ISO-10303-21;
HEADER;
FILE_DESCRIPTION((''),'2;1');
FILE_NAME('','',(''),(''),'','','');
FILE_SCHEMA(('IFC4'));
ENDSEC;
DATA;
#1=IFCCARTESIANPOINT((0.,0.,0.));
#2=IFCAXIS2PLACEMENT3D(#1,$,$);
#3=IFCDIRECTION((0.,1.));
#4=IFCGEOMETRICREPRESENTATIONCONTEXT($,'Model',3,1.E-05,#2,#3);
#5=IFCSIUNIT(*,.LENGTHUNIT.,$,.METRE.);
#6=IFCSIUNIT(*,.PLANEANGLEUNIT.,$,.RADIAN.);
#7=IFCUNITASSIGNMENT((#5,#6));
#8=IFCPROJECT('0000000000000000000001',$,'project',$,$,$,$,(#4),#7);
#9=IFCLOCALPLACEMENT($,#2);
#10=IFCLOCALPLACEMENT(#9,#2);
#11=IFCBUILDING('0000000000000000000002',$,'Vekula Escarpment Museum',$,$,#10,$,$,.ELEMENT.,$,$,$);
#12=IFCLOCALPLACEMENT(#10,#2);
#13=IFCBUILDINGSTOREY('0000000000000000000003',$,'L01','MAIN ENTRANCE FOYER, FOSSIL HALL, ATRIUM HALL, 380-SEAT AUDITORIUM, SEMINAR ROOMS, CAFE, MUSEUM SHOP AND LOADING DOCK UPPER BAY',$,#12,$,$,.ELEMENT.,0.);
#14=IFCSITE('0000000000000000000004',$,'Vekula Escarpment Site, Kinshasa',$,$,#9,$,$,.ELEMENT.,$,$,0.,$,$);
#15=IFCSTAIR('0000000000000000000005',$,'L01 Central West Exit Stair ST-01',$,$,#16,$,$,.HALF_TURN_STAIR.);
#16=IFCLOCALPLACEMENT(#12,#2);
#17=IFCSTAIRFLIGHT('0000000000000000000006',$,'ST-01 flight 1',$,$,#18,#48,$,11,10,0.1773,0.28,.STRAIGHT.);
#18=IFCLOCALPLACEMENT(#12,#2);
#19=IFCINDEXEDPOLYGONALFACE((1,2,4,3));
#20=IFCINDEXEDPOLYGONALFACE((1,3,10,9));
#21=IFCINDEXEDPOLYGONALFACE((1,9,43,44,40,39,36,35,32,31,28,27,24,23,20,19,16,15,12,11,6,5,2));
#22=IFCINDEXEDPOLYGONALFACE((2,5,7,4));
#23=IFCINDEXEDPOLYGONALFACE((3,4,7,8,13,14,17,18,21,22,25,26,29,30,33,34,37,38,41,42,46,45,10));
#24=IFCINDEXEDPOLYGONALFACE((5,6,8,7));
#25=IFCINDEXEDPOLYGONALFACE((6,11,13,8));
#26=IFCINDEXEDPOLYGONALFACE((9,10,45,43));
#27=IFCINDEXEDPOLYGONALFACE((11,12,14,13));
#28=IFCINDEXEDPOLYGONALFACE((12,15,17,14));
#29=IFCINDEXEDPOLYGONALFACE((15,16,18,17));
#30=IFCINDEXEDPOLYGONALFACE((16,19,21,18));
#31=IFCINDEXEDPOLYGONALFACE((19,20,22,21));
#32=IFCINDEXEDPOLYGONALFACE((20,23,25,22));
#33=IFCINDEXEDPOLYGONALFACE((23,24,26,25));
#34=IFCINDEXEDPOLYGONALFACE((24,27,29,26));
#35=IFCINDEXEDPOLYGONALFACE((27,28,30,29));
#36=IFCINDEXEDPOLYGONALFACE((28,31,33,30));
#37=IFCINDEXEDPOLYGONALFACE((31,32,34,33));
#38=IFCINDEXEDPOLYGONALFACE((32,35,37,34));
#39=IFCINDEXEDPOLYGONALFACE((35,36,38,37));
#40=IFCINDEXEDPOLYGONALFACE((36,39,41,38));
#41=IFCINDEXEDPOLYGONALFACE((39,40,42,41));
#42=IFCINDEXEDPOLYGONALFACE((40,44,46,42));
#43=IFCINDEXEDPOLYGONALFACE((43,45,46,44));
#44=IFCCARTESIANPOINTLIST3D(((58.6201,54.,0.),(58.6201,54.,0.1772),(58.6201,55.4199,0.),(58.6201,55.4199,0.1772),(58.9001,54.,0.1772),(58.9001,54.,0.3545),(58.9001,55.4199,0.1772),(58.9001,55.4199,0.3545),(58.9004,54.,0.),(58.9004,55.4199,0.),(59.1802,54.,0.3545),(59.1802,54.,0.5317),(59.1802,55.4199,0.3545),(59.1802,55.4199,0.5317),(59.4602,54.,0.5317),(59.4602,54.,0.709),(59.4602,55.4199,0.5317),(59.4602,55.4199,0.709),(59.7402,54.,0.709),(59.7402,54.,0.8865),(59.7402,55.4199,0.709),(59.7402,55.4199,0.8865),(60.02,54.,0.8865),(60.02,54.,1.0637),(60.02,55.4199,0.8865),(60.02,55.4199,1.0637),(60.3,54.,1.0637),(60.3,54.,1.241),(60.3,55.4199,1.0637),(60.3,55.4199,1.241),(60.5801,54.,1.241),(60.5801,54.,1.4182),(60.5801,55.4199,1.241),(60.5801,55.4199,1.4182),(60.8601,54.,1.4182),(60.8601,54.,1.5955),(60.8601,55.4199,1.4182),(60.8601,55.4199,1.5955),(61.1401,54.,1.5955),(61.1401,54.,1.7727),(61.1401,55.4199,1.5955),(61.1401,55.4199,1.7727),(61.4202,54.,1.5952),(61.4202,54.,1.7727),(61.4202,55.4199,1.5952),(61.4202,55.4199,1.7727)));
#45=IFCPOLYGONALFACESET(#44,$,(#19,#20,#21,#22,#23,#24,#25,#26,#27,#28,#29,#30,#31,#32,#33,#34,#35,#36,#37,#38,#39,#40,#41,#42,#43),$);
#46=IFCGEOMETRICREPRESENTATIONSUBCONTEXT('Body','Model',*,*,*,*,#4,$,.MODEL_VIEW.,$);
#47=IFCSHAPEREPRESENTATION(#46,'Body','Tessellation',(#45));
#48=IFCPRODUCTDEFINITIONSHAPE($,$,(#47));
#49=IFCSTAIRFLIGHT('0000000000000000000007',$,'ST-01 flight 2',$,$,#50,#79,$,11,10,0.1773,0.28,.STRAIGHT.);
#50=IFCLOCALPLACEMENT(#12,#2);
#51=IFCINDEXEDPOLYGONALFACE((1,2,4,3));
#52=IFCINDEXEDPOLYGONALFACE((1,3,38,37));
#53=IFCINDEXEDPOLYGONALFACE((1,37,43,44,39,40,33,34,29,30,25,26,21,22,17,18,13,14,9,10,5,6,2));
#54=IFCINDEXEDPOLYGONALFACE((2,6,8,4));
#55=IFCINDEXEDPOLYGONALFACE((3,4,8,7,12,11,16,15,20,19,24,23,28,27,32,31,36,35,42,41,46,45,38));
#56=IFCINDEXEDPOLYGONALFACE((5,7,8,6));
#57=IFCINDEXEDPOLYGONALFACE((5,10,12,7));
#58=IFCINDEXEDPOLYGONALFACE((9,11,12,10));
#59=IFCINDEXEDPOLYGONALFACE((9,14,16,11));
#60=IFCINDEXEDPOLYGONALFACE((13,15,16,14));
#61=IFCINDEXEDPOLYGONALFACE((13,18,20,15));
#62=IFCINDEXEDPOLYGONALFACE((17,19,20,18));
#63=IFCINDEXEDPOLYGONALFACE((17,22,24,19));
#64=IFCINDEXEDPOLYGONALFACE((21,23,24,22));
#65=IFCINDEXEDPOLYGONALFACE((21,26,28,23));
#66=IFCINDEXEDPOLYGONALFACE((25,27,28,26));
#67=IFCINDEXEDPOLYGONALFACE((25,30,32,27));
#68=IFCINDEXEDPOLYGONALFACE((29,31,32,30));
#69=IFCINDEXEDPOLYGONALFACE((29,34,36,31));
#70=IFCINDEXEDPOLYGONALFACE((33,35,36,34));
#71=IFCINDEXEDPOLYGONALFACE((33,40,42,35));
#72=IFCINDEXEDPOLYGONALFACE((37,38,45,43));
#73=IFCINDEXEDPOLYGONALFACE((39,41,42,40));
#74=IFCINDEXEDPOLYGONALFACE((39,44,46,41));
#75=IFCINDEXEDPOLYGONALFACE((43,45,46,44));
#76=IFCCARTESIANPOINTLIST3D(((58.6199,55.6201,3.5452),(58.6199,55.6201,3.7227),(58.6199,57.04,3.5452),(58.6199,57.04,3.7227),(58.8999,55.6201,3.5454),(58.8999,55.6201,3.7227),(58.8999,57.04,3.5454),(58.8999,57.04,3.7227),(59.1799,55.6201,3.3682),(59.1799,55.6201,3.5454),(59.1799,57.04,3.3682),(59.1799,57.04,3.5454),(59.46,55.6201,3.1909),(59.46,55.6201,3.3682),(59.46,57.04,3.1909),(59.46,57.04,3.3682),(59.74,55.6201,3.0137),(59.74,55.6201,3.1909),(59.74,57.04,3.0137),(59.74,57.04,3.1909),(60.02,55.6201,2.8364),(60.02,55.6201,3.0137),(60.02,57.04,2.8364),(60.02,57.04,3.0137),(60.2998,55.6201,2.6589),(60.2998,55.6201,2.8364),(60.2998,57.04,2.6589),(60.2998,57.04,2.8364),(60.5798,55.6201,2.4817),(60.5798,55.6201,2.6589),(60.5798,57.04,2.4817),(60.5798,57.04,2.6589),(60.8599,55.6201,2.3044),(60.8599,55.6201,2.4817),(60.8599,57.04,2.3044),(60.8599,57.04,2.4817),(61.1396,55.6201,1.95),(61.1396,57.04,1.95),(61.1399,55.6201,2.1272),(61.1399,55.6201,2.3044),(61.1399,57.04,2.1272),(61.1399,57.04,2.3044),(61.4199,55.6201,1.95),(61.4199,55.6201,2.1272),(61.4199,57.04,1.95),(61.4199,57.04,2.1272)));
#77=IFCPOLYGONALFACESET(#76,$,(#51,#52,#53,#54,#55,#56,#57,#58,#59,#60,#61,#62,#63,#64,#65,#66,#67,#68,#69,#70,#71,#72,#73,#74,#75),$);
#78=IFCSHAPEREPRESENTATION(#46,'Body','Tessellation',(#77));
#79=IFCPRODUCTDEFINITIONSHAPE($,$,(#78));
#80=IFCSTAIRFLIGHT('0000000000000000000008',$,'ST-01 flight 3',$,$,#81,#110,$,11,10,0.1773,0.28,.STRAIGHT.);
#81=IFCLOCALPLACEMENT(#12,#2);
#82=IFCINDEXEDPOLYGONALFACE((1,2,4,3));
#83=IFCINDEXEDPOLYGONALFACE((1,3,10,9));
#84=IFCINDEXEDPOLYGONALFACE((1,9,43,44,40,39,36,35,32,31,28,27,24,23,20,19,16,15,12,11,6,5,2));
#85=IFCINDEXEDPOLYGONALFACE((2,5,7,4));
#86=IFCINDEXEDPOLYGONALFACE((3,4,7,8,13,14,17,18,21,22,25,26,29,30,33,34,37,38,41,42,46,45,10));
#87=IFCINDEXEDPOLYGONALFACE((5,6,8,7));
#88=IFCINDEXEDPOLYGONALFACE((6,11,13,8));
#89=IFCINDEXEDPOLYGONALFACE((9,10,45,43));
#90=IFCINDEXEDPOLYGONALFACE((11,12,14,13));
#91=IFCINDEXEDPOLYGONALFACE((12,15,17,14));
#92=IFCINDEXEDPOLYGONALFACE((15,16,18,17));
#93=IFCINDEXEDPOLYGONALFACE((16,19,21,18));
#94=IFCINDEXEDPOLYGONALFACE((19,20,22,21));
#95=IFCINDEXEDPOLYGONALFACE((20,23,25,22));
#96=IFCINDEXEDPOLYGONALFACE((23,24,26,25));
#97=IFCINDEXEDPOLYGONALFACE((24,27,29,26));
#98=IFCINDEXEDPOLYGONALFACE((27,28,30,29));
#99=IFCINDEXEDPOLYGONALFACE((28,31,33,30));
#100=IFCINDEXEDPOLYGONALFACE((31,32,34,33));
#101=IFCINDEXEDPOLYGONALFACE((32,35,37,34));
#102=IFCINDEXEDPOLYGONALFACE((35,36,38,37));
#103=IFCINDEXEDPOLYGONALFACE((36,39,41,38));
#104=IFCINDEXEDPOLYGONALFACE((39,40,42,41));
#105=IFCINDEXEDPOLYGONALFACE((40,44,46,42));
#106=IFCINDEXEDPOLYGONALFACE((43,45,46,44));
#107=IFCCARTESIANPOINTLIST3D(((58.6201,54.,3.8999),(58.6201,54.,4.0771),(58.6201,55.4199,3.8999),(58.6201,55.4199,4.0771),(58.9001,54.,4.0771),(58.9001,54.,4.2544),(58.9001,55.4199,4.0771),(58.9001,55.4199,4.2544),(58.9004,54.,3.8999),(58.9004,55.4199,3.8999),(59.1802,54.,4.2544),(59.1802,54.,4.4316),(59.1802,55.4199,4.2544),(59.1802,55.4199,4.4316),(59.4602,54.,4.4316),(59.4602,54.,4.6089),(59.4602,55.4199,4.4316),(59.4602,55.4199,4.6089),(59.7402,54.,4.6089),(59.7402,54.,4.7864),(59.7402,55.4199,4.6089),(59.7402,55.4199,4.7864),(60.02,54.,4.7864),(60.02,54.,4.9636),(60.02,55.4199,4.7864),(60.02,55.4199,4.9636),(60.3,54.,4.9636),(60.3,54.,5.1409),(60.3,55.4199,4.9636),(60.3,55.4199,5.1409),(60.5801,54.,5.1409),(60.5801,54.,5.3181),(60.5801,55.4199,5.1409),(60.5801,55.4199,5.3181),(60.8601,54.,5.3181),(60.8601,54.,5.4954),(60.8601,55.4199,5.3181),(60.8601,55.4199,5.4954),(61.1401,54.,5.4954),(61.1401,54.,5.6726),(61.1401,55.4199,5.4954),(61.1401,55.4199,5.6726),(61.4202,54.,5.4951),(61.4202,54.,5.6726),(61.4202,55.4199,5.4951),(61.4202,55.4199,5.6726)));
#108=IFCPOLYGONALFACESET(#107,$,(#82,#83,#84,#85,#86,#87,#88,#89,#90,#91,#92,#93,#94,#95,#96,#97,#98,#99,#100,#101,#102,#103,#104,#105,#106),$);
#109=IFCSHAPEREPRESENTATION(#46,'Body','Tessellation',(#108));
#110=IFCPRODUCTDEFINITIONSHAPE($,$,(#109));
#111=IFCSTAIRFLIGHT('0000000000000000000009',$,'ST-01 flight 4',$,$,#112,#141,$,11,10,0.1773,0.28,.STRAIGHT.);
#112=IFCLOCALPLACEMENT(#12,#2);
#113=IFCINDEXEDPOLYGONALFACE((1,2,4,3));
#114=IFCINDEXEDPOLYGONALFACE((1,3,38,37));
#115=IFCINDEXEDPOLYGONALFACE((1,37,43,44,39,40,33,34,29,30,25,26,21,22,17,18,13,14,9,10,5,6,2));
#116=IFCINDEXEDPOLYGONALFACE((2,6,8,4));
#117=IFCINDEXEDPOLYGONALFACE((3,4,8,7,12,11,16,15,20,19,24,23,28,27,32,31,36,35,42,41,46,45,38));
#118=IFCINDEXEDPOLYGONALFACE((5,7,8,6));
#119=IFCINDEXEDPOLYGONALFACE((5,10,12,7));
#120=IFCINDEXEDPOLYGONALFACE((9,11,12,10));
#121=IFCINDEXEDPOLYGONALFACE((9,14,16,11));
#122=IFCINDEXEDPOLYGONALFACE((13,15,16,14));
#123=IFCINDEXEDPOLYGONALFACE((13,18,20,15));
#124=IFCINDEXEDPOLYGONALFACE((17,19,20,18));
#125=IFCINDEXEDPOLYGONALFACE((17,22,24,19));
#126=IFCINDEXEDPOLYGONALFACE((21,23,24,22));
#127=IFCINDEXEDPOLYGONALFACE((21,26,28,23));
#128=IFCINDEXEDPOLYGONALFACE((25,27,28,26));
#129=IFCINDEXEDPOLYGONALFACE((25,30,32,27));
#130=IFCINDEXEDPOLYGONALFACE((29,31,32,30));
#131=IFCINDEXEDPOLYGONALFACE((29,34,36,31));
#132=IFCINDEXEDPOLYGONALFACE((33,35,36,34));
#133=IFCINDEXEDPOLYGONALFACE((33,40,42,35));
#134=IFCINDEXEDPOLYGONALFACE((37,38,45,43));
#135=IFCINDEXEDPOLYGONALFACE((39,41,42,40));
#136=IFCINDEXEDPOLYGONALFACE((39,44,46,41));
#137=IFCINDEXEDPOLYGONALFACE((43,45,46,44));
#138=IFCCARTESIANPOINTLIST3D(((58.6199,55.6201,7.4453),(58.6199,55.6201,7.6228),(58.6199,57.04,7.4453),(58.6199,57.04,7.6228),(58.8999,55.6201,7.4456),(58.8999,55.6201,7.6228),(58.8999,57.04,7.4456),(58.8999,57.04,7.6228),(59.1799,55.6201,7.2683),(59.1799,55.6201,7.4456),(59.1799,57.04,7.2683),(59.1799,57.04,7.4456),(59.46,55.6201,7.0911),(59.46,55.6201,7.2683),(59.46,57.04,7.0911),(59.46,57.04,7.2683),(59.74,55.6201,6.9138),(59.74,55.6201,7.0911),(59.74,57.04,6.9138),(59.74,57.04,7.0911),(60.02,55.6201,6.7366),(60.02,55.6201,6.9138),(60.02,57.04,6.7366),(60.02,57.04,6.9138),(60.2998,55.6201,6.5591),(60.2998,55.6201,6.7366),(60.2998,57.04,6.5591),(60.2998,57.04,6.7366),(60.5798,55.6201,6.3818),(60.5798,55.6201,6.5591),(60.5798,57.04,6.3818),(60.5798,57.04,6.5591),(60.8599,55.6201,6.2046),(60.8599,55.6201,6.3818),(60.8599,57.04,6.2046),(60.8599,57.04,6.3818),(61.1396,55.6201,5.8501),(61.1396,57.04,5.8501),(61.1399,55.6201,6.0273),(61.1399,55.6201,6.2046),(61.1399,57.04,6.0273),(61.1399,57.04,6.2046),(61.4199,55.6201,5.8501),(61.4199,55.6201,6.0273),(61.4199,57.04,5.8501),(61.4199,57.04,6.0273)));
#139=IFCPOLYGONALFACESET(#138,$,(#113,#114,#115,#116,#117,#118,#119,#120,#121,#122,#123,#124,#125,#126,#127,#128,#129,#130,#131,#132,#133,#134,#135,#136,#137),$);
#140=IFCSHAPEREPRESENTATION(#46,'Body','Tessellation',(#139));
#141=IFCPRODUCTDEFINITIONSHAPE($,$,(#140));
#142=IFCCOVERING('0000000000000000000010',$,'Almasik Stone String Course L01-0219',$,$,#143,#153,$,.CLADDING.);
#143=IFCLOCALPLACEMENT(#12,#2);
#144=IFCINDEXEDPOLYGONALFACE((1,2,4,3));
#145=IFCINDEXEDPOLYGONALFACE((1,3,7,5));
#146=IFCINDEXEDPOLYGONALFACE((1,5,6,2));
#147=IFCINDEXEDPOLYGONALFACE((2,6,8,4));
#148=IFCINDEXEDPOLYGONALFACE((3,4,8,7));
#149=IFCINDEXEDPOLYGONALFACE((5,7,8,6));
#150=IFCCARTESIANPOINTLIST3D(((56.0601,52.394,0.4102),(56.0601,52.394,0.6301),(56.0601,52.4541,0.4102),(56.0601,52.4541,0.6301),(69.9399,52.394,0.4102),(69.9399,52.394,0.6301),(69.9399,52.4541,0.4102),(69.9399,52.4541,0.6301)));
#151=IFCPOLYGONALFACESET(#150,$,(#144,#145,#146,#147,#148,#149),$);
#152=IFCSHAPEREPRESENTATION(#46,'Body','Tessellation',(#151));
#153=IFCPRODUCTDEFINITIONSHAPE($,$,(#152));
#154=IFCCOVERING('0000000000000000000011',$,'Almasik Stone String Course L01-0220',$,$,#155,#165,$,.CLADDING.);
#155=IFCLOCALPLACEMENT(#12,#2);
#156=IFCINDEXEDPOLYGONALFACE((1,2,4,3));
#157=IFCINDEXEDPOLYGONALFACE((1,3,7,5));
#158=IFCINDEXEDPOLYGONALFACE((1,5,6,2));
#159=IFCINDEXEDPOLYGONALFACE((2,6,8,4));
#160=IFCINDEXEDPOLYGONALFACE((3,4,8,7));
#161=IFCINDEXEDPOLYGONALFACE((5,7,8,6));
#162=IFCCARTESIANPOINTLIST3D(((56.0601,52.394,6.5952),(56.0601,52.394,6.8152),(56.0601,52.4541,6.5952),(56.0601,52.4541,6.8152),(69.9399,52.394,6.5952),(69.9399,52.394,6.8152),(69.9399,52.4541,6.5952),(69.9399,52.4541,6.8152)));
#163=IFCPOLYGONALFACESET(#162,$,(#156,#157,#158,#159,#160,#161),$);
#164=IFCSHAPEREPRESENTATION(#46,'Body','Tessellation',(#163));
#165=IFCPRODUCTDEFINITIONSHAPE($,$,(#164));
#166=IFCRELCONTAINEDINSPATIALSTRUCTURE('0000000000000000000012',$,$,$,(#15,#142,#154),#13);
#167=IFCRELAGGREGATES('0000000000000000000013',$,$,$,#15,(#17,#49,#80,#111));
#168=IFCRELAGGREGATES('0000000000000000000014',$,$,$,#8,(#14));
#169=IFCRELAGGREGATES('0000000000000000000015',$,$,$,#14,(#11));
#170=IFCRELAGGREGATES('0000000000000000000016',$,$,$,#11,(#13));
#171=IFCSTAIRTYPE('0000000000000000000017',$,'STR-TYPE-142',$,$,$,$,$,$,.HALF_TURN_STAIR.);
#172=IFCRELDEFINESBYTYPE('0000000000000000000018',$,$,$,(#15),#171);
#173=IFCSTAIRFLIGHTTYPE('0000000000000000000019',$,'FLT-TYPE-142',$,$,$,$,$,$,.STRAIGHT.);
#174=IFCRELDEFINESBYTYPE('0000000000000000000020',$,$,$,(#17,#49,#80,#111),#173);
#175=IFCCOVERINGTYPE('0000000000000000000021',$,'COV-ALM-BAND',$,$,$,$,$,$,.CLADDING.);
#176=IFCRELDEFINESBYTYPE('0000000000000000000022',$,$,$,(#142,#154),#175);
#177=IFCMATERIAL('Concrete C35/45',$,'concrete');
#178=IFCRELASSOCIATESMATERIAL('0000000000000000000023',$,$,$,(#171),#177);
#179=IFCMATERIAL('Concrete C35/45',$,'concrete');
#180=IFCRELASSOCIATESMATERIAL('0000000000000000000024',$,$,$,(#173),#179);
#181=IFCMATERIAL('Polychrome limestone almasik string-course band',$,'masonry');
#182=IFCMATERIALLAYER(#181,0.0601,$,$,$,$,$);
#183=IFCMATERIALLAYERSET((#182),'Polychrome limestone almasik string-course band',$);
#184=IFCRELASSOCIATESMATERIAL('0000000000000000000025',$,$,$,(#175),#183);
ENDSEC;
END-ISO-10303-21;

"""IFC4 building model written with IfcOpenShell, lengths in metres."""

from ifc_helpers import new_model, si_unit, direction, frame, origin, origin_2d, place, context, subcontext, project, spatial, polyline, rectangle, outline, extrude, material, layer, layer_set, type_object, element, aggregate, save


model = new_model("IFC4")

# Units and contexts
model_context = context("Model", 3, precision=1e-05, world=origin(), true_north=direction((0.0, 1.0)))
body_context = subcontext(model_context, "Body", "Model", "MODEL_VIEW")
ifc_project = project(units=[si_unit("LENGTHUNIT", "METRE"), si_unit("PLANEANGLEUNIT", "RADIAN")], contexts=[model_context])

# Site, building, storey
site_placement = place(None, origin())
site = spatial("IfcSite", under=ifc_project, at=site_placement, Name="Vekula Escarpment Site, Kinshasa", CompositionType="ELEMENT", RefElevation=0.0)
building_placement = place(site_placement, origin())
building = spatial("IfcBuilding", under=site, at=building_placement, Name="Vekula Escarpment Museum", CompositionType="ELEMENT")
storey_placement = place(building_placement, origin())
storey = spatial("IfcBuildingStorey", under=building, at=storey_placement, Name="L01", Description="MAIN ENTRANCE FOYER, FOSSIL HALL, ATRIUM HALL, 380-SEAT AUDITORIUM, SEMINAR ROOMS, CAFE, MUSEUM SHOP AND LOADING DOCK UPPER BAY", CompositionType="ELEMENT", Elevation=0.0)

# Stair, stair flights
ifc_material_1 = material(Name="Concrete C35/45", Category="concrete")
stair_type = type_object("IfcStairType", Name="STR-TYPE-142", PredefinedType="HALF_TURN_STAIR", material=ifc_material_1)
stair_placement = place(storey_placement, origin())
stair = element("IfcStair", 1, at=stair_placement, inside=storey, type_object=stair_type, Name="L01 Central West Exit Stair ST-01", PredefinedType="HALF_TURN_STAIR")
ifc_material_2 = material(Name="Concrete C35/45", Category="concrete")
stair_flight_type = type_object("IfcStairFlightType", Name="FLT-TYPE-142", PredefinedType="STRAIGHT", material=ifc_material_2)
stair_flight_1_placement = place(storey_placement, frame((58.6201, 54.71, 0.0), z_axis=(0.0, 0.0, 1.0), x_axis=(1.0, 0.0, 0.0)))
stair_flight_1 = element("IfcStairFlight", 2, at=stair_flight_1_placement, type_object=stair_flight_type, Name="ST-01 flight 1", NumberOfRisers=11, NumberOfTreads=10, PredefinedType="STRAIGHT", RiserHeight=0.1773, TreadLength=0.28, context=body_context, shape_type="SweptSolid", body=[
    extrude(outline(polyline([(0.0, 0.0), (0.0, 0.1772), (0.28, 0.1772), (0.28, 0.3545), (0.5601, 0.3545), (0.5601, 0.5317), (0.8401, 0.5317), (0.8401, 0.709), (1.1201, 0.709), (1.1201, 0.8865), (1.3999, 0.8865), (1.3999, 1.0637), (1.6799, 1.0637), (1.6799, 1.241), (1.96, 1.241), (1.96, 1.4182), (2.24, 1.4182), (2.24, 1.5955), (2.52, 1.5955), (2.52, 1.7727), (2.8, 1.7727), (2.8, 1.95), (2.8, 1.5952), (0.2803, 0.0), (0.0, 0.0)])), frame((0.0, 0.71, 0.0), z_axis=(0.0, -1.0, 0.0), x_axis=(1.0, 0.0, 0.0)), (0.0, 0.0, 1.0), 1.4199),
])
stair_flight_2_placement = place(storey_placement, frame((61.4199, 56.3301, 1.95), z_axis=(0.0, 0.0, 1.0), x_axis=(-1.0, 0.0, 0.0)))
stair_flight_2 = element("IfcStairFlight", 3, at=stair_flight_2_placement, type_object=stair_flight_type, Name="ST-01 flight 2", NumberOfRisers=11, NumberOfTreads=10, PredefinedType="STRAIGHT", RiserHeight=0.1773, TreadLength=0.28, context=body_context, shape_type="SweptSolid", body=[
    extrude(outline(polyline([(0.0, 0.0), (0.0, 0.1772), (0.28, 0.1772), (0.28, 0.3545), (0.5601, 0.3545), (0.5601, 0.5317), (0.8401, 0.5317), (0.8401, 0.709), (1.1201, 0.709), (1.1201, 0.8865), (1.3999, 0.8865), (1.3999, 1.0637), (1.6799, 1.0637), (1.6799, 1.241), (1.96, 1.241), (1.96, 1.4182), (2.24, 1.4182), (2.24, 1.5955), (2.52, 1.5955), (2.52, 1.7727), (2.8, 1.7727), (2.8, 1.95), (2.8, 1.5952), (0.2803, 0.0), (0.0, 0.0)])), frame((0.0, 0.71, 0.0), z_axis=(0.0, -1.0, 0.0), x_axis=(1.0, 0.0, 0.0)), (0.0, 0.0, 1.0), 1.4199),
])
stair_flight_3_placement = place(storey_placement, frame((58.6201, 54.71, 3.8999), z_axis=(0.0, 0.0, 1.0), x_axis=(1.0, 0.0, 0.0)))
stair_flight_3 = element("IfcStairFlight", 4, at=stair_flight_3_placement, type_object=stair_flight_type, Name="ST-01 flight 3", NumberOfRisers=11, NumberOfTreads=10, PredefinedType="STRAIGHT", RiserHeight=0.1773, TreadLength=0.28, context=body_context, shape_type="SweptSolid", body=[
    extrude(outline(polyline([(0.0, 0.0), (0.0, 0.1772), (0.28, 0.1772), (0.28, 0.3545), (0.5601, 0.3545), (0.5601, 0.5317), (0.8401, 0.5317), (0.8401, 0.709), (1.1201, 0.709), (1.1201, 0.8865), (1.3999, 0.8865), (1.3999, 1.0637), (1.6799, 1.0637), (1.6799, 1.241), (1.96, 1.241), (1.96, 1.4182), (2.24, 1.4182), (2.24, 1.5955), (2.52, 1.5955), (2.52, 1.7727), (2.8, 1.7727), (2.8, 1.95), (2.8, 1.5952), (0.2803, 0.0), (0.0, 0.0)])), frame((0.0, 0.71, 0.0), z_axis=(0.0, -1.0, 0.0), x_axis=(1.0, 0.0, 0.0)), (0.0, 0.0, 1.0), 1.4199),
])
stair_flight_4_placement = place(storey_placement, frame((61.4199, 56.3301, 5.8501), z_axis=(0.0, 0.0, 1.0), x_axis=(-1.0, 0.0, 0.0)))
stair_flight_4 = element("IfcStairFlight", 5, at=stair_flight_4_placement, type_object=stair_flight_type, Name="ST-01 flight 4", NumberOfRisers=11, NumberOfTreads=10, PredefinedType="STRAIGHT", RiserHeight=0.1773, TreadLength=0.28, context=body_context, shape_type="SweptSolid", body=[
    extrude(outline(polyline([(0.0, 0.0), (0.0, 0.1772), (0.28, 0.1772), (0.28, 0.3545), (0.5601, 0.3545), (0.5601, 0.5317), (0.8401, 0.5317), (0.8401, 0.709), (1.1201, 0.709), (1.1201, 0.8865), (1.3999, 0.8865), (1.3999, 1.0637), (1.6799, 1.0637), (1.6799, 1.241), (1.96, 1.241), (1.96, 1.4182), (2.24, 1.4182), (2.24, 1.5955), (2.52, 1.5955), (2.52, 1.7727), (2.8, 1.7727), (2.8, 1.95), (2.8, 1.5952), (0.2803, 0.0), (0.0, 0.0)])), frame((0.0, 0.71, 0.0), z_axis=(0.0, -1.0, 0.0), x_axis=(1.0, 0.0, 0.0)), (0.0, 0.0, 1.0), 1.4199),
])
aggregate(stair, [stair_flight_1, stair_flight_2, stair_flight_3, stair_flight_4])

# Coverings
ifc_material_3 = material(Name="Polychrome limestone almasik string-course band", Category="masonry")
ifc_layer_1 = layer(ifc_material_3, 0.0601)
ifc_layer_set_1 = layer_set([ifc_layer_1], Name="Polychrome limestone almasik string-course band")
covering_type = type_object("IfcCoveringType", Name="COV-ALM-BAND", PredefinedType="CLADDING", material=ifc_layer_set_1)
for number, where, z_axis, x_axis, name in (
    (6, (63.0, 52.4241, 0.4102), (0.0, 0.0, 1.0), (1.0, 0.0, 0.0), "Almasik Stone String Course L01-0219"),
    (7, (63.0, 52.4241, 6.5952), (0.0, 0.0, 1.0), (1.0, 0.0, 0.0), "Almasik Stone String Course L01-0220"),
):
    element("IfcCovering", number, at=place(storey_placement, frame(where, z_axis=z_axis, x_axis=x_axis)), inside=storey, type_object=covering_type, Name=name, PredefinedType="CLADDING", context=body_context, shape_type="SweptSolid", body=[
        extrude(rectangle(XDim=13.8799, YDim=0.0601, at=origin_2d()), origin(), (0.0, 0.0, 1.0), 0.22),
    ])

save(model, "model.ifc")
